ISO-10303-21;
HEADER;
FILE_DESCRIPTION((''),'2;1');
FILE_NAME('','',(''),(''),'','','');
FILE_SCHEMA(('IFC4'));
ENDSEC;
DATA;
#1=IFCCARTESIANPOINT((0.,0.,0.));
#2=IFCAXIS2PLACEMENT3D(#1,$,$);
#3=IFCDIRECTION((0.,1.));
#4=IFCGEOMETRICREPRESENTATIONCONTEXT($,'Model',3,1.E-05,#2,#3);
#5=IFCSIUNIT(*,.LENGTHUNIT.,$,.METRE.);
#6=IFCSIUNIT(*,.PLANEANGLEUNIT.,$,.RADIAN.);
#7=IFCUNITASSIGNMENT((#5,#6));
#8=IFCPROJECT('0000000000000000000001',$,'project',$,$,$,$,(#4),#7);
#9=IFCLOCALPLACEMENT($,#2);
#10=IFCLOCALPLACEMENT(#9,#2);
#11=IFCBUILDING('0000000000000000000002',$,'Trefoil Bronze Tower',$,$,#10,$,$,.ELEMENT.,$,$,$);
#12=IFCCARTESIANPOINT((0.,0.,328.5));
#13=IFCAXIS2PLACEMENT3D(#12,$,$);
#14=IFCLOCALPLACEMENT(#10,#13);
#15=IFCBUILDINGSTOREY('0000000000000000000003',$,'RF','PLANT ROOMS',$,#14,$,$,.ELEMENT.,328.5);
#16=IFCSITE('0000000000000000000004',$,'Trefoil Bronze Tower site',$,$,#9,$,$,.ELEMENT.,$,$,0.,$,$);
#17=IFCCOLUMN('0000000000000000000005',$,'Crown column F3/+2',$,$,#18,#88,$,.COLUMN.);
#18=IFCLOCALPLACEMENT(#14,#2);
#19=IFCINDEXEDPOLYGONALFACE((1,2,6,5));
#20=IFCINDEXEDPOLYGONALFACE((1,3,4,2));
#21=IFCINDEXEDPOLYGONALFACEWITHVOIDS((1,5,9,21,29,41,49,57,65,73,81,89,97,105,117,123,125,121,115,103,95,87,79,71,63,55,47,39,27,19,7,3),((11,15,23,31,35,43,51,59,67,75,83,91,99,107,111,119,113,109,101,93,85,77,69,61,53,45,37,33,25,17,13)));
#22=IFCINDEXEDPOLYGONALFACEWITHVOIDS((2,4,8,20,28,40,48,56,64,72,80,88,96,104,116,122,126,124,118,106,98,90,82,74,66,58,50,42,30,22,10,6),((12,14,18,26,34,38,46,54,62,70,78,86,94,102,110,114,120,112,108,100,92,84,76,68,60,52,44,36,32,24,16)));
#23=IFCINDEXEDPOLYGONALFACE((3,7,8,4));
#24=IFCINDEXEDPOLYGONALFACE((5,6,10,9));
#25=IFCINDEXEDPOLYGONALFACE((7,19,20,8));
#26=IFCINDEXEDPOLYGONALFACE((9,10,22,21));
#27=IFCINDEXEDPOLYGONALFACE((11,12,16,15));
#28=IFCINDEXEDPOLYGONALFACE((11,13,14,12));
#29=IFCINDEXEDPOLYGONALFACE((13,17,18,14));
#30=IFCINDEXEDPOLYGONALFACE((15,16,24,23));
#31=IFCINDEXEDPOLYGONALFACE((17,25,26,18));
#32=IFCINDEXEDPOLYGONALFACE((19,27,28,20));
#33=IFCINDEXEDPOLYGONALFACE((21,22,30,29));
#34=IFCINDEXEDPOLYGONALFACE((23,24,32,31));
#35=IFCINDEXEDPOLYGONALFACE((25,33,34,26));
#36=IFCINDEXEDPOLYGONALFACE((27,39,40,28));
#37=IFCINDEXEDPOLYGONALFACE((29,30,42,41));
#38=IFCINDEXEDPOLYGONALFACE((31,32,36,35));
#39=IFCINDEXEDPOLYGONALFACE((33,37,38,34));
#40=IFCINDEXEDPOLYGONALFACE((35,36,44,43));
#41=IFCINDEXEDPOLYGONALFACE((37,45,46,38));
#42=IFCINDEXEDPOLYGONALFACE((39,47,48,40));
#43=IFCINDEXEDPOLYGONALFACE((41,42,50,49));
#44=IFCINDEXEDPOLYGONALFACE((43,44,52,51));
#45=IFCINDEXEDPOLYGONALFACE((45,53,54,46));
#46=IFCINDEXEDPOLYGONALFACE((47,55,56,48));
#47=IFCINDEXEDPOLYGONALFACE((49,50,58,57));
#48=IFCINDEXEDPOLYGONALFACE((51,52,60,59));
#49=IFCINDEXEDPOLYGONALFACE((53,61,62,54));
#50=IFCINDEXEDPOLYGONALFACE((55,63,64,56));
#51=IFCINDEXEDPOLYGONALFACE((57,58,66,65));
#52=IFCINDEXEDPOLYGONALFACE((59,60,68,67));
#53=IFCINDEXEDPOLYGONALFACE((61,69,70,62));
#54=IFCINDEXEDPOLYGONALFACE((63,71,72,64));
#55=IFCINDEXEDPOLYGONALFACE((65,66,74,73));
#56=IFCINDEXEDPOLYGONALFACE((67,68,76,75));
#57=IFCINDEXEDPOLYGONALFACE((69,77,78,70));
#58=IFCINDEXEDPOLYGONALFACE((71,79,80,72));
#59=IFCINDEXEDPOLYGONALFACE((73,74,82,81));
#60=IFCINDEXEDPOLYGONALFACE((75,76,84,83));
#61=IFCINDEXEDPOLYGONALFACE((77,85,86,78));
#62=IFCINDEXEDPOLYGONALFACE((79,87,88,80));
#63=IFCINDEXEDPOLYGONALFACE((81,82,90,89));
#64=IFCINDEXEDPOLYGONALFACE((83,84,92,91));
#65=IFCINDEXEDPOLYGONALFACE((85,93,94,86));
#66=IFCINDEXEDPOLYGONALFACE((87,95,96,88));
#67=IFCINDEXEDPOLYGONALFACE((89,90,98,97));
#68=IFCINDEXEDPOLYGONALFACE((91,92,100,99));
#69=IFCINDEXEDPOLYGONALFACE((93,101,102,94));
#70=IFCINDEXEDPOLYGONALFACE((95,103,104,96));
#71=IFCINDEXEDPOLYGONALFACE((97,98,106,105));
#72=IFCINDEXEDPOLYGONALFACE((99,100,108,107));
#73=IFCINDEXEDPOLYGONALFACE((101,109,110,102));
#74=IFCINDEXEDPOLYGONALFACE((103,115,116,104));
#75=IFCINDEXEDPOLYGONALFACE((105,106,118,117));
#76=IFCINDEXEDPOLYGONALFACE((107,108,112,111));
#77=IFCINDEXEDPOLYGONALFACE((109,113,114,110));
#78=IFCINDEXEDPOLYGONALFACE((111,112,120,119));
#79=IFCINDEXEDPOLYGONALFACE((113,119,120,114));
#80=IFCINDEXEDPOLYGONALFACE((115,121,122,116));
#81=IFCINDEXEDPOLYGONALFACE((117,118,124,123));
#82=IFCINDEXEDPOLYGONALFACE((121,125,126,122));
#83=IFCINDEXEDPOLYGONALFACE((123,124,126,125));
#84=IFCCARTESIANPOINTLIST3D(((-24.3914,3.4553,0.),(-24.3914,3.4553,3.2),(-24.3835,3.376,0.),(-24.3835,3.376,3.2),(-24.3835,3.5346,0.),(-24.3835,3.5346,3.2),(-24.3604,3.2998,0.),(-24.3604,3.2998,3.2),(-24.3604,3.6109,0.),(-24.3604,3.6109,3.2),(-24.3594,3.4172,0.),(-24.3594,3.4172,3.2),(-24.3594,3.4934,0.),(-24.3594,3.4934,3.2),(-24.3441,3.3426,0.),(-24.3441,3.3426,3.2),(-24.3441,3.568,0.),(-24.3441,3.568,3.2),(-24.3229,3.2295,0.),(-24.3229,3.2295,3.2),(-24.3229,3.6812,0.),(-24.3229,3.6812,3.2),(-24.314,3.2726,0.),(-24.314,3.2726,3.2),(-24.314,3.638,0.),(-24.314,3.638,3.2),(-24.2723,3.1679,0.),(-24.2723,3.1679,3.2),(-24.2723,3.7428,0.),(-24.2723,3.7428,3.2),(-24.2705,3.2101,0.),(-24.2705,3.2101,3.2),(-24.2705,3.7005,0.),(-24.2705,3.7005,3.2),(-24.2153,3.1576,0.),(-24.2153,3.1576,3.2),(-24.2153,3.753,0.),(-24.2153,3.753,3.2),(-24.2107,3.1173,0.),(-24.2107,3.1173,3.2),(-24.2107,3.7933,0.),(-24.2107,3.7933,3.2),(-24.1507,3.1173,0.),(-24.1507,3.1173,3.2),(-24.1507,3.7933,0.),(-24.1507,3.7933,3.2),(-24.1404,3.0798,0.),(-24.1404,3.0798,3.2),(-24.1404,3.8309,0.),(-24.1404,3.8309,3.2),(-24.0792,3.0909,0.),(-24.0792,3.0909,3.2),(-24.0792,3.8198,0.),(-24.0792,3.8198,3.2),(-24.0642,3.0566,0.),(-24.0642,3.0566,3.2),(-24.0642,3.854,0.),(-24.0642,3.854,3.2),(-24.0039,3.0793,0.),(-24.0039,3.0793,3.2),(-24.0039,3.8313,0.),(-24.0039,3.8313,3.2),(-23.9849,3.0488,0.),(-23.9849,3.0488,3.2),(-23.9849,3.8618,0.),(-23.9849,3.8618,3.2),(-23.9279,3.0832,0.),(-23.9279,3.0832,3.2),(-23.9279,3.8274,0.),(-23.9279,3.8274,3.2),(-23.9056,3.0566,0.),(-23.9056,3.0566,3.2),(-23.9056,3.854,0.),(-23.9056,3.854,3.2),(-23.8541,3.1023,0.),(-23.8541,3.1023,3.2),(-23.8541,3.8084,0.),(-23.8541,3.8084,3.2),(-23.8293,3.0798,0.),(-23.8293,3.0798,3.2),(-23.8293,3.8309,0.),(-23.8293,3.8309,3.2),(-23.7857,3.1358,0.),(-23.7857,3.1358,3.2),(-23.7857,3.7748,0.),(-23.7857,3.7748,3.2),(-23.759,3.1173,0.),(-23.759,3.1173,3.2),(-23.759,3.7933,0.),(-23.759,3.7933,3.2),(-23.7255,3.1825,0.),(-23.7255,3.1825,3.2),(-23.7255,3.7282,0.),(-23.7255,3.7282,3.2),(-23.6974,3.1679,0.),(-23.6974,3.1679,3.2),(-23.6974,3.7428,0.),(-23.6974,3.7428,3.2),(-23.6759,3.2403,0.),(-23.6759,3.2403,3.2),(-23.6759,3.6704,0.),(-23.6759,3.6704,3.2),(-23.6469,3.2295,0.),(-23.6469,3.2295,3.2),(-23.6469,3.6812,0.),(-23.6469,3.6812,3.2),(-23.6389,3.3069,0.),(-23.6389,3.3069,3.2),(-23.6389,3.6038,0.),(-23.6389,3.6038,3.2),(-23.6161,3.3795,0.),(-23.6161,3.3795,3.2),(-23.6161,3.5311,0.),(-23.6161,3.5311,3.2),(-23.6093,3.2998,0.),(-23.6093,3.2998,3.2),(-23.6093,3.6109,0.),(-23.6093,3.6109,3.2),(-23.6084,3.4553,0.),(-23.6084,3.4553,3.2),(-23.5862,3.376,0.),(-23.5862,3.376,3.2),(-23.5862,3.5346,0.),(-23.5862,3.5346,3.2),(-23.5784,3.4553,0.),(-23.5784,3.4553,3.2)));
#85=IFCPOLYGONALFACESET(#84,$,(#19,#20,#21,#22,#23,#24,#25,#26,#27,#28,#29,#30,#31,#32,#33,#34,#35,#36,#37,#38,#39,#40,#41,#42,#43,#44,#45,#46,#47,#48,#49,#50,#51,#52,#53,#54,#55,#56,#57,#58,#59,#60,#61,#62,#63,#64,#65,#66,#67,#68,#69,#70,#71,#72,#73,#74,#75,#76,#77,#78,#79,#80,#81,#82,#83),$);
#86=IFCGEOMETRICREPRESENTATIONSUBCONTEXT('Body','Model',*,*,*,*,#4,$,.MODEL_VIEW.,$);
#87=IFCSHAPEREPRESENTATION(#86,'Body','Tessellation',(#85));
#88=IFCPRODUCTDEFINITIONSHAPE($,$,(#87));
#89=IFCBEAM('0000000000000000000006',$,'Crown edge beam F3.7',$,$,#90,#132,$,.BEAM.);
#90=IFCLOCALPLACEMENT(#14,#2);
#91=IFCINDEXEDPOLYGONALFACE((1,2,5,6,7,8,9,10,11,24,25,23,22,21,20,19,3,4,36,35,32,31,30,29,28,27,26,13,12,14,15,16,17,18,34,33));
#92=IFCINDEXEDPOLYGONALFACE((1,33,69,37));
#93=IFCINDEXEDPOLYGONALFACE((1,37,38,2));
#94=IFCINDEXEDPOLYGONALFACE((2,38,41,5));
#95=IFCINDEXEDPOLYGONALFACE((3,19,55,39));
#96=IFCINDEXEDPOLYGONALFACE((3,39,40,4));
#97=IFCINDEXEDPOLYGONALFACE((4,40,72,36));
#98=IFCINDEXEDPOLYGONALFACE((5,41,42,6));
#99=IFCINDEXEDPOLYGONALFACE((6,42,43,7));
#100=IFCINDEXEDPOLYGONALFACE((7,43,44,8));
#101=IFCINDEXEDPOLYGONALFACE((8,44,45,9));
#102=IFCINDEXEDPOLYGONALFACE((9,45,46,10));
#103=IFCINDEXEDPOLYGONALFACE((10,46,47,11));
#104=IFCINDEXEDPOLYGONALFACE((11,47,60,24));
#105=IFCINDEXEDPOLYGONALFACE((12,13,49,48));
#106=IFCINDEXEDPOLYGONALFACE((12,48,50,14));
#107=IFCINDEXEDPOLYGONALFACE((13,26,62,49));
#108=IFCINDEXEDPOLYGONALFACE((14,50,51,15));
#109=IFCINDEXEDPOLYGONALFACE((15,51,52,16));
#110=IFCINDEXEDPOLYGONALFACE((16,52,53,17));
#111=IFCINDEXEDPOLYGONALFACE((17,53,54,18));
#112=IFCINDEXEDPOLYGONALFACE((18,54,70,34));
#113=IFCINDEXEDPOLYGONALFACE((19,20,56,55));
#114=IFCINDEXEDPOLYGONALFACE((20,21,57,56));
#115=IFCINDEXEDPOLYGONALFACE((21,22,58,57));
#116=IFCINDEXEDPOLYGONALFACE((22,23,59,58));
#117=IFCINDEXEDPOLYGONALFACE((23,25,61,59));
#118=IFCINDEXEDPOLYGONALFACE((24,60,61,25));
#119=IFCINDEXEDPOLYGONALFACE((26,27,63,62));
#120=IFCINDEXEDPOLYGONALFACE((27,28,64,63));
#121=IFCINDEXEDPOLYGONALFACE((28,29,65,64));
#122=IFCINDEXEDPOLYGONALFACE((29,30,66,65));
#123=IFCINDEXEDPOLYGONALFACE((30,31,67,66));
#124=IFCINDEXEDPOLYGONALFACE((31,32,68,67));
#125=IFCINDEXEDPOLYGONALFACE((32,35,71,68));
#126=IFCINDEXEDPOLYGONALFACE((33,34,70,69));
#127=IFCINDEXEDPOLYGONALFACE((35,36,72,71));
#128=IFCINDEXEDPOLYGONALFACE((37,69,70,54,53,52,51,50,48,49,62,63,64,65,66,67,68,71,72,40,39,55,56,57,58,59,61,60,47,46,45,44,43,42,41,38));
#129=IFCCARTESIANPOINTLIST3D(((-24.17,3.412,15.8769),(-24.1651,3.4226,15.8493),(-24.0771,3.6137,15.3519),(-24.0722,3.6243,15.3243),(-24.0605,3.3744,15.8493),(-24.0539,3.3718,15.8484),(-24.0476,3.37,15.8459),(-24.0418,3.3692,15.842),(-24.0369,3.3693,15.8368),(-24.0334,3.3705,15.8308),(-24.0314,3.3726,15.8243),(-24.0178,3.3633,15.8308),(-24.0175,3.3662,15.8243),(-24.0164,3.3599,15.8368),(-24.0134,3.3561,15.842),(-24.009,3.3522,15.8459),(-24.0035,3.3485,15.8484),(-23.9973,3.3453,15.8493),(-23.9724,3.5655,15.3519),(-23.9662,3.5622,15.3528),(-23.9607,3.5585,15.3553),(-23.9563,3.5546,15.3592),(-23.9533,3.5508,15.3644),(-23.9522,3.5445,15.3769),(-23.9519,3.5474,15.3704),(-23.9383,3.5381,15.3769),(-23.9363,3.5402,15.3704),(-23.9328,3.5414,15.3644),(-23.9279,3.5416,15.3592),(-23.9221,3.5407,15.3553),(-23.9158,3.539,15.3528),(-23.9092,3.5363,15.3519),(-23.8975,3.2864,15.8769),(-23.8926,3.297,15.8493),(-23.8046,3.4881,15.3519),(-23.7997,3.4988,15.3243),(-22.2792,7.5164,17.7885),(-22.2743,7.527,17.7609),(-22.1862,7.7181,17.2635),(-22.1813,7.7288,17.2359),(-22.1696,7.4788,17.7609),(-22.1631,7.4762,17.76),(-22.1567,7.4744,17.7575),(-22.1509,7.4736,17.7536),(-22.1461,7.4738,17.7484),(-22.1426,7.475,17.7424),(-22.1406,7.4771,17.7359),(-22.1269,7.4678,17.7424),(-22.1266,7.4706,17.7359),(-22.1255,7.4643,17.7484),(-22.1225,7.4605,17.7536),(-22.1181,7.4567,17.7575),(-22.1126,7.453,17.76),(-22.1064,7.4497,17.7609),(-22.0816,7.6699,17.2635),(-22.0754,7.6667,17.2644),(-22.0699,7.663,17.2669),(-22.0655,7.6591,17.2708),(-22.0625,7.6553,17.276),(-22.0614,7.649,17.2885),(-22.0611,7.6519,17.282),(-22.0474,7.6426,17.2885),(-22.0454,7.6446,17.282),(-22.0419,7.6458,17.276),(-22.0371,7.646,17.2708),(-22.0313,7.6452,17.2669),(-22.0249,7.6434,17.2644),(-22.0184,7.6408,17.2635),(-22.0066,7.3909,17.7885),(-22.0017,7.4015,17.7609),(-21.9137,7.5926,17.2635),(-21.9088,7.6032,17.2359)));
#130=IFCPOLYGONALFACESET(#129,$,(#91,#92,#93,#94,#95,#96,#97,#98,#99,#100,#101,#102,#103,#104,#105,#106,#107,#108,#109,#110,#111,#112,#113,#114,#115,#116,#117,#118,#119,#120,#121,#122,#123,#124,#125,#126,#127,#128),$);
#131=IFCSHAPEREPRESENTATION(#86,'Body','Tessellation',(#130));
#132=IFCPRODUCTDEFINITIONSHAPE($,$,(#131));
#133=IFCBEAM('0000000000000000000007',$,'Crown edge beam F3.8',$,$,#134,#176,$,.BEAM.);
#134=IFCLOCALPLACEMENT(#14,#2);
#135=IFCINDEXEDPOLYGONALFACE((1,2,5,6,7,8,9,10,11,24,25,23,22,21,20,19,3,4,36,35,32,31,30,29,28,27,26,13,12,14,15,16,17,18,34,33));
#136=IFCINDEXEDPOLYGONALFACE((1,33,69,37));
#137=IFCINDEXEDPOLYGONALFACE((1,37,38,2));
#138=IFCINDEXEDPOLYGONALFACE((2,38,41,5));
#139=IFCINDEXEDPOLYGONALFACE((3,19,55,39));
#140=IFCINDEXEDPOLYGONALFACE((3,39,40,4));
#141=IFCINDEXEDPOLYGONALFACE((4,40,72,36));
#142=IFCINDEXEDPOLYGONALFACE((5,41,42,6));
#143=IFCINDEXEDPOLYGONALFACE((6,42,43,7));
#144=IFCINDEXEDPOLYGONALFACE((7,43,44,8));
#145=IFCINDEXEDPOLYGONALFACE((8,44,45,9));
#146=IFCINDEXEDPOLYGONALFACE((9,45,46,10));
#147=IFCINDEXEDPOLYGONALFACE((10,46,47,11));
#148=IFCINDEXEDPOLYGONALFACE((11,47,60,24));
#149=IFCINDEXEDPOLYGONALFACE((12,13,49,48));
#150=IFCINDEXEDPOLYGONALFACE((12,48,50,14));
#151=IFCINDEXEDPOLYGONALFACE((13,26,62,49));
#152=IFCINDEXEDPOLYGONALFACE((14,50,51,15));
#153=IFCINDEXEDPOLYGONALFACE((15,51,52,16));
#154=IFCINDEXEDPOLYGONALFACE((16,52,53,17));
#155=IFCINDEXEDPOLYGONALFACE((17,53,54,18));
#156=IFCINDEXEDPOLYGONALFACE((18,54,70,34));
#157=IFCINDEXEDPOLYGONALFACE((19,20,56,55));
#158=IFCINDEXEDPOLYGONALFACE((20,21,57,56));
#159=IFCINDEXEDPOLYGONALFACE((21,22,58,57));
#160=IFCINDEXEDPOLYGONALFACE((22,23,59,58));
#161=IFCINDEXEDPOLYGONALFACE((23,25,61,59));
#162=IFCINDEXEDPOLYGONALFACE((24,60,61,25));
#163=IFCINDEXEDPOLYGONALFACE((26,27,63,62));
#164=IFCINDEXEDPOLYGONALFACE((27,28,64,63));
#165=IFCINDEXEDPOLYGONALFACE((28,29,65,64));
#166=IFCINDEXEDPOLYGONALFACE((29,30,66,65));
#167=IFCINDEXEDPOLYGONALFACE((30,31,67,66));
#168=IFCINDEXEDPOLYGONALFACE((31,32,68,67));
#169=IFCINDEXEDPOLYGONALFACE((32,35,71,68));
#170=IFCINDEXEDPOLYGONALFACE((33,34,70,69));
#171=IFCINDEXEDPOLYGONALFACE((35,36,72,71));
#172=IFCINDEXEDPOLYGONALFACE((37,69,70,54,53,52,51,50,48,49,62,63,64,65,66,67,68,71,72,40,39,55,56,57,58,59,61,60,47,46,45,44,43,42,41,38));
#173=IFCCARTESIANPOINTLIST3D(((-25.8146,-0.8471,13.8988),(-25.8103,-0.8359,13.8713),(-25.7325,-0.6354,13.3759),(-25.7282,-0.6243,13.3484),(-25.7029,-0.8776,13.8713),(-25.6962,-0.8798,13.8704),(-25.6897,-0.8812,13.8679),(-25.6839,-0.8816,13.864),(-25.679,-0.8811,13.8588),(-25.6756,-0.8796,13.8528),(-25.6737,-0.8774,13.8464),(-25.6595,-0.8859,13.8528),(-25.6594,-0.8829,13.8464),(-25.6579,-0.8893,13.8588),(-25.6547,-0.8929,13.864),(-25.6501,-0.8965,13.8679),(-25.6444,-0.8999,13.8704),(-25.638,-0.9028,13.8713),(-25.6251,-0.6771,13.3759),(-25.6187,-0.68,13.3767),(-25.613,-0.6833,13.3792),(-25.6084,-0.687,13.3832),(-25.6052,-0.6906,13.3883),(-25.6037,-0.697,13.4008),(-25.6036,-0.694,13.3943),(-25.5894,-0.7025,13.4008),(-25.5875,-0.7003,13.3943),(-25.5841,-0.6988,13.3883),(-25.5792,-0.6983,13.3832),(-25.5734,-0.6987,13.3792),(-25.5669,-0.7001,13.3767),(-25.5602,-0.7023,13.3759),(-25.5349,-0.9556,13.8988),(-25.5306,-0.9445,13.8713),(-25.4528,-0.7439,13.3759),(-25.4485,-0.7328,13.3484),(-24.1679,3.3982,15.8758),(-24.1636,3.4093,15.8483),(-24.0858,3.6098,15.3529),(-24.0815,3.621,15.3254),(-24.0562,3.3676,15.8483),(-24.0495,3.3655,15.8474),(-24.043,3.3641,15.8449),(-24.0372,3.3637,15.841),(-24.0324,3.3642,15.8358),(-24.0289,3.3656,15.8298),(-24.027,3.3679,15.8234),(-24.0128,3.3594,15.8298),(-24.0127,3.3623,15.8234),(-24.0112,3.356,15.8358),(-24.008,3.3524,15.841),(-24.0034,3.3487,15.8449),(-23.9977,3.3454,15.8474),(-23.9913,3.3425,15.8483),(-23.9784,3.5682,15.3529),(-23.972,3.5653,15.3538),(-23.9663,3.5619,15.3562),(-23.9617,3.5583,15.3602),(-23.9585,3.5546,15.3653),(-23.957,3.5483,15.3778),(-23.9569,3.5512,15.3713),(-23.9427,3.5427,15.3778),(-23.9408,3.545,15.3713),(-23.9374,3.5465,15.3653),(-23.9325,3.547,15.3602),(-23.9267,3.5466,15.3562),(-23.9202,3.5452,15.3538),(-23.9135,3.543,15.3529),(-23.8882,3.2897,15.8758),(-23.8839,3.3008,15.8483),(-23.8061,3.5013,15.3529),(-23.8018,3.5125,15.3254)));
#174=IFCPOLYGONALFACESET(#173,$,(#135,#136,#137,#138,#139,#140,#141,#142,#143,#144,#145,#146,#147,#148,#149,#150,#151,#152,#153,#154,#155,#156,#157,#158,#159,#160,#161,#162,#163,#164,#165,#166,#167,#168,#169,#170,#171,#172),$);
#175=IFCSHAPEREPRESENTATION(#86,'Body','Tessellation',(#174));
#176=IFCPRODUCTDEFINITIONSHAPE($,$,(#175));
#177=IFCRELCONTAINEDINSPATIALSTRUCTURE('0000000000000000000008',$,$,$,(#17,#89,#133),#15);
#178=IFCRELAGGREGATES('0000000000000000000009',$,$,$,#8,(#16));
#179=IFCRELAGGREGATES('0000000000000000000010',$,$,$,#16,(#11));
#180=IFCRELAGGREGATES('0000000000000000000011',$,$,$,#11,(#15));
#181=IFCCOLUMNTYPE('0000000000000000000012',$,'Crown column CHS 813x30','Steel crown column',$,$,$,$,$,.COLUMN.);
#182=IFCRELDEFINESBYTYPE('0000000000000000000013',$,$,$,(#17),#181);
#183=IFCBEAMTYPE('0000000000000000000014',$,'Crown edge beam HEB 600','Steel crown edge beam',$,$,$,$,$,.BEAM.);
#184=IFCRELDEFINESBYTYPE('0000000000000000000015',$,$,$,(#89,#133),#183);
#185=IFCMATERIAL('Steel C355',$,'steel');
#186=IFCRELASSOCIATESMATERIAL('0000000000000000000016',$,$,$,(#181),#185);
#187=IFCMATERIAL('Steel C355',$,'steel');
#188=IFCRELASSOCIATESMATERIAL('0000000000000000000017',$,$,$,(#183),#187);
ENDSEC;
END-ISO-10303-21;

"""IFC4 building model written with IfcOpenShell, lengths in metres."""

from ifc_helpers import new_model, si_unit, direction, frame, origin, origin_2d, place, context, subcontext, project, spatial, hollow_circle, i_section, extrude, material, material_profile, profile_set, type_object, element, save


model = new_model("IFC4")

# Units and contexts
model_context = context("Model", 3, precision=1e-05, world=origin(), true_north=direction((0.0, 1.0)))
body_context = subcontext(model_context, "Body", "Model", "MODEL_VIEW")
ifc_project = project(units=[si_unit("LENGTHUNIT", "METRE"), si_unit("PLANEANGLEUNIT", "RADIAN")], contexts=[model_context])

# Site, building, storey
site_placement = place(None, origin())
site = spatial("IfcSite", under=ifc_project, at=site_placement, Name="Trefoil Bronze Tower site", CompositionType="ELEMENT", RefElevation=0.0)
building_placement = place(site_placement, origin())
building = spatial("IfcBuilding", under=site, at=building_placement, Name="Trefoil Bronze Tower", CompositionType="ELEMENT")
storey_placement = place(building_placement, frame((0.0, 0.0, 328.5)))
storey = spatial("IfcBuildingStorey", under=building, at=storey_placement, Name="RF", Description="PLANT ROOMS", CompositionType="ELEMENT", Elevation=328.5)

# Column
ifc_material_1 = material(Name="Steel C355", Category="steel")
ifc_material_profile_1 = material_profile(ifc_material_1, hollow_circle(Radius=0.4065, WallThickness=0.03, at=origin_2d()), Name="CHS 813x30")
ifc_profile_set_1 = profile_set([ifc_material_profile_1], Name="Steel C355")
column_type = type_object("IfcColumnType", Name="Crown column CHS 813x30", Description="Steel crown column", PredefinedType="COLUMN", material=ifc_profile_set_1)
for number, where, z_axis, x_axis, name in (
    (1, (-23.9849, 3.4553, 0.0), (0.0, 0.0, 1.0), (1.0, 0.0, 0.0), "Crown column F3/+2"),
):
    element("IfcColumn", number, at=place(storey_placement, frame(where, z_axis=z_axis, x_axis=x_axis)), inside=storey, type_object=column_type, Name=name, PredefinedType="COLUMN", context=body_context, shape_type="SweptSolid", body=[
        extrude(hollow_circle(Radius=0.4065, WallThickness=0.03, at=origin_2d()), origin(), (0.0, 0.0, 1.0), 3.2),
    ])

# Beams
ifc_material_2 = material(Name="Steel C355", Category="steel")
ifc_material_profile_2 = material_profile(ifc_material_2, i_section(OverallWidth=0.3, OverallDepth=0.6001, WebThickness=0.0154, FlangeThickness=0.03, FilletRadius=0.0271, at=origin_2d()), Name="HEB 600")
ifc_profile_set_2 = profile_set([ifc_material_profile_2], Name="Steel C355")
beam_type_1 = type_object("IfcBeamType", Name="Crown edge beam HEB 600", Description="Steel crown edge beam", PredefinedType="BEAM", material=ifc_profile_set_2)
beam_1_placement = place(storey_placement, frame((-22.094, 7.5598, 17.5122), z_axis=(-0.385358, -0.836493, -0.389587), x_axis=(0.908255, -0.418417, 0.0)))
element("IfcBeam", 2, at=beam_1_placement, inside=storey, type_object=beam_type_1, Name="Crown edge beam F3.7", PredefinedType="BEAM", context=body_context, shape_type="SweptSolid", body=[
    extrude(i_section(OverallWidth=0.3, OverallDepth=0.6001, WebThickness=0.0154, FlangeThickness=0.03, FilletRadius=0.0271, at=origin_2d()), origin(), (0.0, 0.0, 1.0), 4.9067),
])
beam_2_placement = place(storey_placement, frame((-23.9849, 3.4553, 15.6006), z_axis=(-0.331719, -0.855191, -0.39826), x_axis=(0.932319, -0.361636, 0.0)))
element("IfcBeam", 3, at=beam_2_placement, inside=storey, type_object=beam_type_1, Name="Crown edge beam F3.8", PredefinedType="BEAM", context=body_context, shape_type="SweptSolid", body=[
    extrude(i_section(OverallWidth=0.3, OverallDepth=0.6001, WebThickness=0.0154, FlangeThickness=0.03, FilletRadius=0.0271, at=origin_2d()), origin(), (0.0, 0.0, 1.0), 4.9641),
])

save(model, "model.ifc")
